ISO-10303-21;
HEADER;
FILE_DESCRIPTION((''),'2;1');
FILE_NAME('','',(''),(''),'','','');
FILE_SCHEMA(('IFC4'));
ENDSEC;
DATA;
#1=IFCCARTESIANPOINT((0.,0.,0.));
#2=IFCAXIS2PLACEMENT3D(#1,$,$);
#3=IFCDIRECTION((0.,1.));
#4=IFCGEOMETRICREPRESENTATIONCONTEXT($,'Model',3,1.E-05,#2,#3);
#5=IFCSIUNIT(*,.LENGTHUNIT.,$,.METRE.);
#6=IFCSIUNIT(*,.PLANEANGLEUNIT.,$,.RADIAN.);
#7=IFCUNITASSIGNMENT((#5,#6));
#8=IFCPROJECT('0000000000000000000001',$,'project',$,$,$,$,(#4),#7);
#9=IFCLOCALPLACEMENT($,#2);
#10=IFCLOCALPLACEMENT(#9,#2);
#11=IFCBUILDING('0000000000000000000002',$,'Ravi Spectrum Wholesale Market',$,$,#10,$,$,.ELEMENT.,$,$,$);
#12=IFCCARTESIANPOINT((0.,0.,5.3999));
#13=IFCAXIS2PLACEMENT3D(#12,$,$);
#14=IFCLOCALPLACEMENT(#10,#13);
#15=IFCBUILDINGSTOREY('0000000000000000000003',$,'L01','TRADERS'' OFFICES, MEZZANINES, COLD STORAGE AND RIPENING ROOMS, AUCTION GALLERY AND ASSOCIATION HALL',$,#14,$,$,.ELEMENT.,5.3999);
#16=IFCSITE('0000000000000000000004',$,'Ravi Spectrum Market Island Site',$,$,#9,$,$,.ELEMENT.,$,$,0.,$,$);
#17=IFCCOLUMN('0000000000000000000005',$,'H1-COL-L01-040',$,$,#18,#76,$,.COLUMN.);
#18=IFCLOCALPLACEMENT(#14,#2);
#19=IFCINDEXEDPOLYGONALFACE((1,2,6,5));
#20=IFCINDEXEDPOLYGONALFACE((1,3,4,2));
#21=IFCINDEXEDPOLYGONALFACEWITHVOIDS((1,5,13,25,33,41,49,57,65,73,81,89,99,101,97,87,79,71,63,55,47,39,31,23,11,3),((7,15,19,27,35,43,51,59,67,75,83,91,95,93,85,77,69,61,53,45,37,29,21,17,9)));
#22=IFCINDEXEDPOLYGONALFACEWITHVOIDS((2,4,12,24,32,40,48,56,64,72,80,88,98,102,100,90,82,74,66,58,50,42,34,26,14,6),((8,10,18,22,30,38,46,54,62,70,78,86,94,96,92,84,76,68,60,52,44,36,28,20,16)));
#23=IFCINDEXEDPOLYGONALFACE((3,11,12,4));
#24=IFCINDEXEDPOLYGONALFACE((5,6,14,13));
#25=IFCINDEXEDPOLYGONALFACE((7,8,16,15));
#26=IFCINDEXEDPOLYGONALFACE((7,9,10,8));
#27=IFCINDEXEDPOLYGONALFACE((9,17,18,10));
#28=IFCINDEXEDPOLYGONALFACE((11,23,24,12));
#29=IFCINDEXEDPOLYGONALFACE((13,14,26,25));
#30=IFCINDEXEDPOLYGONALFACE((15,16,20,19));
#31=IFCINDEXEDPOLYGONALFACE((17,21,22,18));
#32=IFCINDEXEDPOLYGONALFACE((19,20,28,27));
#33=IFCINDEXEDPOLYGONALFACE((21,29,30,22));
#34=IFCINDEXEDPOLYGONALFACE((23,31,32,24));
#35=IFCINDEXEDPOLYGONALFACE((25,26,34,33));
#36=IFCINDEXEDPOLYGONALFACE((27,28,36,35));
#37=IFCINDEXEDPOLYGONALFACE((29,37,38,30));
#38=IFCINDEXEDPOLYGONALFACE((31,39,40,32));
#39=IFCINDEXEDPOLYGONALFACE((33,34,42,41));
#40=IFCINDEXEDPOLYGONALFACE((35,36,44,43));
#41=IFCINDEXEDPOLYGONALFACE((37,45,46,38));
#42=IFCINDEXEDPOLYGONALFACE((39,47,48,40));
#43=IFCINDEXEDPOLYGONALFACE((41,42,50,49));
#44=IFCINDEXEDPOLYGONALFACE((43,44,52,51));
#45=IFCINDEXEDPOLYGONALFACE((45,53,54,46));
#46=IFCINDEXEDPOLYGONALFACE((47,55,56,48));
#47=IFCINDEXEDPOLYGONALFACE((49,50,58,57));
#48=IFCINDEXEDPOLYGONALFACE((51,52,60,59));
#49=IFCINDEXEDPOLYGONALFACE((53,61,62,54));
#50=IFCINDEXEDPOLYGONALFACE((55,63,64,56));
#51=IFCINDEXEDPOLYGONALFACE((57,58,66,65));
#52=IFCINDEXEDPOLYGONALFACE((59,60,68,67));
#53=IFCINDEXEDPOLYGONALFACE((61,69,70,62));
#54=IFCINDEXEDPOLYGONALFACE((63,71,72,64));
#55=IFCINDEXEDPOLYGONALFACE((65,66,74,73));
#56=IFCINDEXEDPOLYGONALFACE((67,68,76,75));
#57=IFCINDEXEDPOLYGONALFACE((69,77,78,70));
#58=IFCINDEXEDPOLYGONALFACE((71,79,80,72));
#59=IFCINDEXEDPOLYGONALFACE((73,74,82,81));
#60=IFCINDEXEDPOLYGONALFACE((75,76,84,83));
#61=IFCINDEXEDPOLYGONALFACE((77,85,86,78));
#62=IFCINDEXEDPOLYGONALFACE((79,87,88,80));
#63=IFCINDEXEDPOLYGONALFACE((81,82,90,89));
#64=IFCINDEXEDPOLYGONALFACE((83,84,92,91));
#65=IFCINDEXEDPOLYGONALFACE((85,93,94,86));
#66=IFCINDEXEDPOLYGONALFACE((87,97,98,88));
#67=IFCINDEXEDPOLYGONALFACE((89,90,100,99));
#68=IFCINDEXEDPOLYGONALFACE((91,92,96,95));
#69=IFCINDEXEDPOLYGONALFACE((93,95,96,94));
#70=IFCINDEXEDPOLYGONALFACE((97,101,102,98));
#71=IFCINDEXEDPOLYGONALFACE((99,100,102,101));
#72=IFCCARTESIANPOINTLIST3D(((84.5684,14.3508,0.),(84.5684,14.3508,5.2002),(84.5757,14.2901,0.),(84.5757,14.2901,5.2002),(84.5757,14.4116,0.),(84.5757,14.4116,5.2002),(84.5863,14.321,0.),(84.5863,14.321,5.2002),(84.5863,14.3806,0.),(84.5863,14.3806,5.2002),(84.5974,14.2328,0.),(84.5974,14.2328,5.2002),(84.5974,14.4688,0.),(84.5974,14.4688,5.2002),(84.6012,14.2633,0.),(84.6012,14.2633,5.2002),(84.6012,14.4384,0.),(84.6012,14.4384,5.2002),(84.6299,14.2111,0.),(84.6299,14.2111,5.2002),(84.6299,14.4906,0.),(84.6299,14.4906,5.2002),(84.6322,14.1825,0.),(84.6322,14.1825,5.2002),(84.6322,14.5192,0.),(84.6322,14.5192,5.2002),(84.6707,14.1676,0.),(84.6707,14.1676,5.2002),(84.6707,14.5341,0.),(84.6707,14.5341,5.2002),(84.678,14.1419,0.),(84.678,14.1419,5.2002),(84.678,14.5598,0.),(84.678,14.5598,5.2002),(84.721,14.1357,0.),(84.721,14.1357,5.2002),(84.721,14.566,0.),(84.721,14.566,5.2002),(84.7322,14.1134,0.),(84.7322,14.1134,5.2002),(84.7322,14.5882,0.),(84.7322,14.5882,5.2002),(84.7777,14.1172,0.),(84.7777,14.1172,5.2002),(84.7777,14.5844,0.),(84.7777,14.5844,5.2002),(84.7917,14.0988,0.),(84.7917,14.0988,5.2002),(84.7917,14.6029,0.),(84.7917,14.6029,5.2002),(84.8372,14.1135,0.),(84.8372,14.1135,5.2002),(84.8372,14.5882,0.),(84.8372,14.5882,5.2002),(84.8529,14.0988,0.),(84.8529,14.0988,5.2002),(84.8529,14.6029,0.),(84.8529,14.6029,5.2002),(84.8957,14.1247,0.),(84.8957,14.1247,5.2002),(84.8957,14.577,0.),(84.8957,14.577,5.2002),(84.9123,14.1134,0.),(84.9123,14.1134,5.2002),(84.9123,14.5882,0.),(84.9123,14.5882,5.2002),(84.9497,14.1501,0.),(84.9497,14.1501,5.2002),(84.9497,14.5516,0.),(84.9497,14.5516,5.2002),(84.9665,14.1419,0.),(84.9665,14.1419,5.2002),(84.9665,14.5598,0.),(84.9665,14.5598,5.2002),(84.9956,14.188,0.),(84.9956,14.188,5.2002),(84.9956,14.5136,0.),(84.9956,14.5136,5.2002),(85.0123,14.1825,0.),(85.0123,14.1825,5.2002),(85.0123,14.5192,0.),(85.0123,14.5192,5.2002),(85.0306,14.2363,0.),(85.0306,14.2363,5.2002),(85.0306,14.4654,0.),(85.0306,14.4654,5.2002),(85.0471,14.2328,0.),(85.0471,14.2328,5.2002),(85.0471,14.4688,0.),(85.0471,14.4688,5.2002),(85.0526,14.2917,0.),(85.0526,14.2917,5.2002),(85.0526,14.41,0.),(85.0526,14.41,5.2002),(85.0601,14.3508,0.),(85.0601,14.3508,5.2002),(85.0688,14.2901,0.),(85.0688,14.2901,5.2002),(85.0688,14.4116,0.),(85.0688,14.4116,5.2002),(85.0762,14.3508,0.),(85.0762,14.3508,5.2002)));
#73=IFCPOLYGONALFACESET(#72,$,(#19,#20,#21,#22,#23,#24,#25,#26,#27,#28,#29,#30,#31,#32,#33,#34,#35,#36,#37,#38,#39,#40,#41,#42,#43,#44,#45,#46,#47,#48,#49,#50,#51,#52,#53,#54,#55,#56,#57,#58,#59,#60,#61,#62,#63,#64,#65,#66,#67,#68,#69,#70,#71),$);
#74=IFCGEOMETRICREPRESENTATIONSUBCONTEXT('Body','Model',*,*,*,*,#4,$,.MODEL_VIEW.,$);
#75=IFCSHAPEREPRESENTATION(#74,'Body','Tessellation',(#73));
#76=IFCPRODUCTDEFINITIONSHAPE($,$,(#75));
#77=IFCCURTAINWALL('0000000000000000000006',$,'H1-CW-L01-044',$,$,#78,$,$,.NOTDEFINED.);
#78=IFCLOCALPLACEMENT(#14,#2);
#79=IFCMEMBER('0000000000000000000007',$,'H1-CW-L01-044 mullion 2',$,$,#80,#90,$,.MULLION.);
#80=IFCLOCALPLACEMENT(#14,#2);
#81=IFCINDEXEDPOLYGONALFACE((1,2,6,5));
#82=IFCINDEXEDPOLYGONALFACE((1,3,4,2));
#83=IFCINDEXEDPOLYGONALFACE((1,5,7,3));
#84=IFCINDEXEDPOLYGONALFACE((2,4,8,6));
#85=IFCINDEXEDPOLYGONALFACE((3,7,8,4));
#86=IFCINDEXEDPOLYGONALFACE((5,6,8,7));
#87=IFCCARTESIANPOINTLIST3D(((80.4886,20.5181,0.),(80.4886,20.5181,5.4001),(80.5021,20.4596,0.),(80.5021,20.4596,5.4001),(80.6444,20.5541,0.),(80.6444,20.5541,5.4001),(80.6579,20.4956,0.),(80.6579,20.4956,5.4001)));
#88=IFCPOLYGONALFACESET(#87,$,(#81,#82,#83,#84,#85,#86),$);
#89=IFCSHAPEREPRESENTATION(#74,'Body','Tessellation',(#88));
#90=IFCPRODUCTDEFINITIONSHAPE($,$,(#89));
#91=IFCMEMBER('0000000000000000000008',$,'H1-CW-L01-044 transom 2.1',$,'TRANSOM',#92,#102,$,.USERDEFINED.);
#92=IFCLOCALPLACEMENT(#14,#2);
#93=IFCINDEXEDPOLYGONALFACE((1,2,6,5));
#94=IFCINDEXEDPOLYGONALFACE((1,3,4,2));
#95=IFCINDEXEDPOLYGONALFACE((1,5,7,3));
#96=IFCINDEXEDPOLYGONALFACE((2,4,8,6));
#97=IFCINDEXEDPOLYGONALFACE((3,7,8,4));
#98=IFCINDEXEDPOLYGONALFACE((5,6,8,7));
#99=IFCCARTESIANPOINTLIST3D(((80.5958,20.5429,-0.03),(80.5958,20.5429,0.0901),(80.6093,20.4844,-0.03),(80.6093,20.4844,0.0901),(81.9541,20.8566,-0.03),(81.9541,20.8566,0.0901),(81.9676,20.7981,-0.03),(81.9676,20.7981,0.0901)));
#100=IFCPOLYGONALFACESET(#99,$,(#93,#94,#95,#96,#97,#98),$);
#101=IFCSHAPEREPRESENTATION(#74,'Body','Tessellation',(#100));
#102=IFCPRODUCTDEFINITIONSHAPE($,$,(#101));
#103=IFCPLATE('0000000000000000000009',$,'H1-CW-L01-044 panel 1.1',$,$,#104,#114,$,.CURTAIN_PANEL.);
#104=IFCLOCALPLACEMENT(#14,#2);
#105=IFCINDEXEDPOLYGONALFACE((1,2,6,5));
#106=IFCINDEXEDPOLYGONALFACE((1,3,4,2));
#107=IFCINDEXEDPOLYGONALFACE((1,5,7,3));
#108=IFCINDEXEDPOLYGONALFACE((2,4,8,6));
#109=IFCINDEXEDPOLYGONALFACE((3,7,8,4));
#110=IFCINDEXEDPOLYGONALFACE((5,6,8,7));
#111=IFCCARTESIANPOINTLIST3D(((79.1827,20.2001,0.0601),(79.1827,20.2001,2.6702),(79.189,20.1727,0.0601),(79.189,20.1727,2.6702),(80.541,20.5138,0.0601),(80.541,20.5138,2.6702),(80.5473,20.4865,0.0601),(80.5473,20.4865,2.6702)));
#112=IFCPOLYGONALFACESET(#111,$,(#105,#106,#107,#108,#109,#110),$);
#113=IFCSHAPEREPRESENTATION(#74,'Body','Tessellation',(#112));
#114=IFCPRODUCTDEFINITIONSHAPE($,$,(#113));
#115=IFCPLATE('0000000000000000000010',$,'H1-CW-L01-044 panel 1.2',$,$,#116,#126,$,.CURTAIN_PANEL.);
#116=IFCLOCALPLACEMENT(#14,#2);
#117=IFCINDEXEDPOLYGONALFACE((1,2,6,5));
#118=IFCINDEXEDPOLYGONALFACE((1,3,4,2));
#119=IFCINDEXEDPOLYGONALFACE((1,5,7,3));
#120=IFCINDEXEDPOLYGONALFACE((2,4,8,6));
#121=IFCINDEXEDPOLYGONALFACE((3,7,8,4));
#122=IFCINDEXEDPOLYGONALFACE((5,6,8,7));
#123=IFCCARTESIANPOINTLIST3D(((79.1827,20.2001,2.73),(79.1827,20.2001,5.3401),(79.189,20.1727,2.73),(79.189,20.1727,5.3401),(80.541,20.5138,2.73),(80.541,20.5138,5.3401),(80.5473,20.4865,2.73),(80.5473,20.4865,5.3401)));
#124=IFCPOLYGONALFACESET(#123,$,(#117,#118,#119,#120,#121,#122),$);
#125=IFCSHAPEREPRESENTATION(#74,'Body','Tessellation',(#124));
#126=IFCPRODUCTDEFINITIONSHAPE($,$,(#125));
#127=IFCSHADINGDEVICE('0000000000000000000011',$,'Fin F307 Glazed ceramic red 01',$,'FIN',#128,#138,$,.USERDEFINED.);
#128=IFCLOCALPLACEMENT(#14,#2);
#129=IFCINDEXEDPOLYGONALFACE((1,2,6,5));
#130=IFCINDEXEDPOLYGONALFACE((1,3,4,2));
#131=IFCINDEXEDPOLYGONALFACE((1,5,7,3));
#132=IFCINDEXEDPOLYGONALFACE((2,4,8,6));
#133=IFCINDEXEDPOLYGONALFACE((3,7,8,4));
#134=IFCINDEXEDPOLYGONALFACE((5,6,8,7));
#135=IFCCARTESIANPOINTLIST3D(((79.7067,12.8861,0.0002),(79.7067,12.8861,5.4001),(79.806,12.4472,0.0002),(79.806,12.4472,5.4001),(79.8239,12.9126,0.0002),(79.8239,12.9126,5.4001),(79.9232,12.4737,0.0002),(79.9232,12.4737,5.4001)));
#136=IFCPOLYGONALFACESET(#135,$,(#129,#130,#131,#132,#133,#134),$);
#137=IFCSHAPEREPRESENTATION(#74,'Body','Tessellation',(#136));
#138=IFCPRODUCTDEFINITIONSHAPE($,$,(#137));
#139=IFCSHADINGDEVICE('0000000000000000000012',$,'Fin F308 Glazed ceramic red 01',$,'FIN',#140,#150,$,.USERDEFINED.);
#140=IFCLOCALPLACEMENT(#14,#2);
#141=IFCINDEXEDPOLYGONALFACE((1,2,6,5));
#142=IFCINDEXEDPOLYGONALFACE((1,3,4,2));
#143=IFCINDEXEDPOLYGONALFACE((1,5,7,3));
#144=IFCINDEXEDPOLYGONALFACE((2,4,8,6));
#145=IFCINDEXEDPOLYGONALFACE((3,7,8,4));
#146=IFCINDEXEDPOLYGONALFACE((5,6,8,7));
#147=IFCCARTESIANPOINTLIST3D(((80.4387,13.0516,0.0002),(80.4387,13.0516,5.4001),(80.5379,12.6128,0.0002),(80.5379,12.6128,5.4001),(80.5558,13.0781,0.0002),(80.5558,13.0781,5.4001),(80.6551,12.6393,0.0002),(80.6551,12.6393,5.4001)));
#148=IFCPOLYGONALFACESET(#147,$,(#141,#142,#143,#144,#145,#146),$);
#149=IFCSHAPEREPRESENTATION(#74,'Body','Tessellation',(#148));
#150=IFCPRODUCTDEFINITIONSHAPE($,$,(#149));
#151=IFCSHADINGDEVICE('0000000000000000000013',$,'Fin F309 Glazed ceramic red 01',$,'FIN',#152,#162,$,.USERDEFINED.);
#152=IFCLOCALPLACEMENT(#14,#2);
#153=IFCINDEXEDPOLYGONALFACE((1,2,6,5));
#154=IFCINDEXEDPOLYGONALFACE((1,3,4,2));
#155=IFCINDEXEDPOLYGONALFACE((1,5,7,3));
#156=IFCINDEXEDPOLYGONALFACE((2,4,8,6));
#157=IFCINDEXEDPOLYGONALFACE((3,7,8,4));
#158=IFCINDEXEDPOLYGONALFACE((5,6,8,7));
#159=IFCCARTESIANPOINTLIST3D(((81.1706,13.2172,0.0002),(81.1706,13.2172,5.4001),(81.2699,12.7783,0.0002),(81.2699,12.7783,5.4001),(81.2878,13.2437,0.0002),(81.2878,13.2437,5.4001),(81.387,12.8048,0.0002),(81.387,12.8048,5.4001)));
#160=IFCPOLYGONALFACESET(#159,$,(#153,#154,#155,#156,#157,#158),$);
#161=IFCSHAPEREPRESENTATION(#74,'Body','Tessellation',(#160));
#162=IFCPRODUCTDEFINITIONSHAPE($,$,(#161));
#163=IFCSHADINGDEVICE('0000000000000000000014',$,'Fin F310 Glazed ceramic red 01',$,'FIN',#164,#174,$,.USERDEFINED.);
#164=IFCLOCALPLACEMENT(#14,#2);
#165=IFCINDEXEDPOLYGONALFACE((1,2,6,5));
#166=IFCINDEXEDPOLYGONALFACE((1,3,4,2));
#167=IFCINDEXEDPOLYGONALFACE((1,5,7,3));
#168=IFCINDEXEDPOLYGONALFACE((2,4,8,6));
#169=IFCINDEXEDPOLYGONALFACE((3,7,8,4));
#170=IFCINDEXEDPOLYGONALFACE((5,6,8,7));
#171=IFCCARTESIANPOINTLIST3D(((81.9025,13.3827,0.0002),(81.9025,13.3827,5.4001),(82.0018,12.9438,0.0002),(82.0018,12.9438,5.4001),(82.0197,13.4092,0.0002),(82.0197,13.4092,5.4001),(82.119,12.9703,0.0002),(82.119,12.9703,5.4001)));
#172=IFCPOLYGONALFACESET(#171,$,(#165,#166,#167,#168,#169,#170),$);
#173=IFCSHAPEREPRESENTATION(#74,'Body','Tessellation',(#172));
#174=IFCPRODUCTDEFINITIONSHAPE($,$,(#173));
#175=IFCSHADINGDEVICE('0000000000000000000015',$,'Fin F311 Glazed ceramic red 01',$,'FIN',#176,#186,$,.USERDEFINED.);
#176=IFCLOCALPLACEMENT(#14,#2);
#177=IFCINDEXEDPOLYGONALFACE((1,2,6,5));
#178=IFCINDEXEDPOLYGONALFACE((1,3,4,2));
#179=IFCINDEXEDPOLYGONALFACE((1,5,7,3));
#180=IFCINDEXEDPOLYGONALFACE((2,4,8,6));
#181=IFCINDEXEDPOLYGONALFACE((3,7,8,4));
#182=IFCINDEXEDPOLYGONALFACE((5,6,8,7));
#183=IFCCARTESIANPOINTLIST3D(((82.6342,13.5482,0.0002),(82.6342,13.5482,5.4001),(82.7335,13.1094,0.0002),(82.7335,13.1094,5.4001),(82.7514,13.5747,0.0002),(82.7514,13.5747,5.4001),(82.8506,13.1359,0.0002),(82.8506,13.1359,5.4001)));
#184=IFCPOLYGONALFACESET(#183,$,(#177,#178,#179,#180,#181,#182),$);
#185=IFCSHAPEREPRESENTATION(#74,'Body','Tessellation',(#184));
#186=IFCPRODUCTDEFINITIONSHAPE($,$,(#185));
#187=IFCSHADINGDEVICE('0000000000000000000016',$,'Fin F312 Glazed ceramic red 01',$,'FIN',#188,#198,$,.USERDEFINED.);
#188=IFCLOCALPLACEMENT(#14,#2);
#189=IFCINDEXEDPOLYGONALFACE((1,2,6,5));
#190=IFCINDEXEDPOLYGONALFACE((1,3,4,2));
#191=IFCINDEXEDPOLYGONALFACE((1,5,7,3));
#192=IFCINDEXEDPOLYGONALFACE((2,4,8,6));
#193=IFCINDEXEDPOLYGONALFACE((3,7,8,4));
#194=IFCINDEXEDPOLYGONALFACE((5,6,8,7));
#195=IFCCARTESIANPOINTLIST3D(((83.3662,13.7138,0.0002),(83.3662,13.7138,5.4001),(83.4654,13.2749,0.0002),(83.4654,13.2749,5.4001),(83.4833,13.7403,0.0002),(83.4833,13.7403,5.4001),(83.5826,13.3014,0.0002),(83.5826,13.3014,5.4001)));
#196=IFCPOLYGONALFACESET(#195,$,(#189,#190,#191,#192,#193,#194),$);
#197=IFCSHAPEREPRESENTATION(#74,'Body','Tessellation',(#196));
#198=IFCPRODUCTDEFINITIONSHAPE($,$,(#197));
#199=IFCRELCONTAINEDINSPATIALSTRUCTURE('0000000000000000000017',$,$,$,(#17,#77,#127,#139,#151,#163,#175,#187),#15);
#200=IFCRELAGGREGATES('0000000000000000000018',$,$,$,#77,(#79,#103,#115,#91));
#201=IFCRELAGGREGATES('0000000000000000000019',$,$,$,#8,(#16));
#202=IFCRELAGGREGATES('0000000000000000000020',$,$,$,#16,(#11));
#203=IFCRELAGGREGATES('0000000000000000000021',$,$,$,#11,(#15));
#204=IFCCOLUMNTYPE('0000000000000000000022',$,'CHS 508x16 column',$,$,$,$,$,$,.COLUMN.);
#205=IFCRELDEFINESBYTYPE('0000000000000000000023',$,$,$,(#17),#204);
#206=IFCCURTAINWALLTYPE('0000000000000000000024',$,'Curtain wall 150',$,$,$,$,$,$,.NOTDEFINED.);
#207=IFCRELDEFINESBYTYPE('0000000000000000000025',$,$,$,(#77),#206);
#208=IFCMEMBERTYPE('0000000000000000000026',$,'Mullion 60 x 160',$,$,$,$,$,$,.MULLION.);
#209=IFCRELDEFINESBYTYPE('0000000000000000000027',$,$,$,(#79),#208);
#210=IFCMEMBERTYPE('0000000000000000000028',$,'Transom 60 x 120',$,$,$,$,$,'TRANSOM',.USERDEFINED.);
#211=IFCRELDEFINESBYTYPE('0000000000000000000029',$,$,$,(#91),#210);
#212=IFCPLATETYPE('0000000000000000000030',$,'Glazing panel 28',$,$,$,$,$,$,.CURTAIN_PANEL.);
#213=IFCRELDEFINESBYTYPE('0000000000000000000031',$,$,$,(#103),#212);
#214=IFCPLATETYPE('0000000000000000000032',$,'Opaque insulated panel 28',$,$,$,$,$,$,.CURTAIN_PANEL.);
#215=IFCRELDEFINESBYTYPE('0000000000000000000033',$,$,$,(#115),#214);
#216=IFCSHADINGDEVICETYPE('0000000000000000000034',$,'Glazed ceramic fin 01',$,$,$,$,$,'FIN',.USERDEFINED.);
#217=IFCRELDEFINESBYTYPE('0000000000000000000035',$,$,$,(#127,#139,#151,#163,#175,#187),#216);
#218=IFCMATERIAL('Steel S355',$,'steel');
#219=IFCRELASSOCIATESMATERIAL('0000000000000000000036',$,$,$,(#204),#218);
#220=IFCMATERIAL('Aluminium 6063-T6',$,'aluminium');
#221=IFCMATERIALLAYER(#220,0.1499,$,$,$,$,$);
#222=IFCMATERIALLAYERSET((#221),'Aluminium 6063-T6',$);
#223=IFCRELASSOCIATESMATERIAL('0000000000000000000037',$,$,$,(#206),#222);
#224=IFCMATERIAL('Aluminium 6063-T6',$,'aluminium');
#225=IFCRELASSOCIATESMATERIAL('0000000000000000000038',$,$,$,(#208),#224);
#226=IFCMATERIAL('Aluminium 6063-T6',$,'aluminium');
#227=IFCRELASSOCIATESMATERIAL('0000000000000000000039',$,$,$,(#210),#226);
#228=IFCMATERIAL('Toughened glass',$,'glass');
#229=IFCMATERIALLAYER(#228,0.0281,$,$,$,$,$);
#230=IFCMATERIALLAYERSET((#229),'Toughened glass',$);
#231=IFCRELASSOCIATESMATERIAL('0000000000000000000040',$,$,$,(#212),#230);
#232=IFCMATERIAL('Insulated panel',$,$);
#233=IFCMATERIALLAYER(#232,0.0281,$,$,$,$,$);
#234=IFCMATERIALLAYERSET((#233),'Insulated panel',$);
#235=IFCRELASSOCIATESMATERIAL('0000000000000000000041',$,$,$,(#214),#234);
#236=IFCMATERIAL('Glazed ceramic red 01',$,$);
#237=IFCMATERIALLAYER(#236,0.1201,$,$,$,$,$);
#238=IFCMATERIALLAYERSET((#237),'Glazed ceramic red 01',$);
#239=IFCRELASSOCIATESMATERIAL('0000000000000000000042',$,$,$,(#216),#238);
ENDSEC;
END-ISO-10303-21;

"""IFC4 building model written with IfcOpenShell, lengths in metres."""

from ifc_helpers import new_model, si_unit, direction, frame, origin, origin_2d, place, context, subcontext, project, spatial, rectangle, hollow_circle, extrude, material, layer, layer_set, material_profile, profile_set, type_object, element, aggregate, save


model = new_model("IFC4")

# Units and contexts
model_context = context("Model", 3, precision=1e-05, world=origin(), true_north=direction((0.0, 1.0)))
body_context = subcontext(model_context, "Body", "Model", "MODEL_VIEW")
ifc_project = project(units=[si_unit("LENGTHUNIT", "METRE"), si_unit("PLANEANGLEUNIT", "RADIAN")], contexts=[model_context])

# Site, building, storey
site_placement = place(None, origin())
site = spatial("IfcSite", under=ifc_project, at=site_placement, Name="Ravi Spectrum Market Island Site", CompositionType="ELEMENT", RefElevation=0.0)
building_placement = place(site_placement, origin())
building = spatial("IfcBuilding", under=site, at=building_placement, Name="Ravi Spectrum Wholesale Market", CompositionType="ELEMENT")
storey_placement = place(building_placement, frame((0.0, 0.0, 5.3999)))
storey = spatial("IfcBuildingStorey", under=building, at=storey_placement, Name="L01", Description="TRADERS' OFFICES, MEZZANINES, COLD STORAGE AND RIPENING ROOMS, AUCTION GALLERY AND ASSOCIATION HALL", CompositionType="ELEMENT", Elevation=5.3999)

# Column
ifc_material_1 = material(Name="Steel S355", Category="steel")
ifc_material_profile_1 = material_profile(ifc_material_1, hollow_circle(Radius=0.2539, WallThickness=0.0161, at=origin_2d()))
ifc_profile_set_1 = profile_set([ifc_material_profile_1], Name="Steel S355")
column_type = type_object("IfcColumnType", Name="CHS 508x16 column", PredefinedType="COLUMN", material=ifc_profile_set_1)
column_placement = place(storey_placement, frame((84.8223, 14.3508, 0.0), z_axis=(0.0, 0.0, 1.0), x_axis=(1.0, 0.0, 0.0)))
element("IfcColumn", 1, at=column_placement, inside=storey, type_object=column_type, Name="H1-COL-L01-040", PredefinedType="COLUMN", context=body_context, shape_type="SweptSolid", body=[
    extrude(hollow_circle(Radius=0.2539, WallThickness=0.0161, at=origin_2d()), origin(), (0.0, 0.0, 1.0), 5.2002),
])

# Curtain wall, members, plates
ifc_material_2 = material(Name="Aluminium 6063-T6", Category="aluminium")
ifc_layer_1 = layer(ifc_material_2, 0.1499)
ifc_layer_set_1 = layer_set([ifc_layer_1], Name="Aluminium 6063-T6")
curtain_wall_type = type_object("IfcCurtainWallType", Name="Curtain wall 150", PredefinedType="NOTDEFINED", material=ifc_layer_set_1)
curtain_wall_placement = place(storey_placement, origin())
curtain_wall = element("IfcCurtainWall", 2, at=curtain_wall_placement, inside=storey, type_object=curtain_wall_type, Name="H1-CW-L01-044", PredefinedType="NOTDEFINED")
ifc_material_3 = material(Name="Aluminium 6063-T6", Category="aluminium")
ifc_material_profile_2 = material_profile(ifc_material_3, rectangle(XDim=0.0601, YDim=0.1599, at=origin_2d()))
ifc_profile_set_2 = profile_set([ifc_material_profile_2], Name="Aluminium 6063-T6")
member_type_1 = type_object("IfcMemberType", Name="Mullion 60 x 160", PredefinedType="MULLION", material=ifc_profile_set_2)
member_1_placement = place(storey_placement, frame((80.5732, 20.5068, 0.0), z_axis=(0.0, 0.0, 1.0), x_axis=(-0.225083, 0.97434, 0.0)))
member_1 = element("IfcMember", 3, at=member_1_placement, type_object=member_type_1, Name="H1-CW-L01-044 mullion 2", PredefinedType="MULLION", context=body_context, shape_type="SweptSolid", body=[
    extrude(rectangle(XDim=0.0601, YDim=0.1599, at=origin_2d()), origin(), (0.0, 0.0, 1.0), 5.4001),
])
ifc_material_4 = material(Name="Aluminium 6063-T6", Category="aluminium")
ifc_material_profile_3 = material_profile(ifc_material_4, rectangle(XDim=0.0601, YDim=0.1201, at=origin_2d()))
ifc_profile_set_3 = profile_set([ifc_material_profile_3], Name="Aluminium 6063-T6")
member_type_2 = type_object("IfcMemberType", Name="Transom 60 x 120", ElementType="TRANSOM", PredefinedType="USERDEFINED", material=ifc_profile_set_3)
member_2_placement = place(storey_placement, frame((80.6025, 20.5137, 0.03), z_axis=(0.974353, 0.225026, 0.0), x_axis=(-0.225026, 0.974353, 0.0)))
member_2 = element("IfcMember", 4, at=member_2_placement, type_object=member_type_2, Name="H1-CW-L01-044 transom 2.1", ObjectType="TRANSOM", PredefinedType="USERDEFINED", context=body_context, shape_type="SweptSolid", body=[
    extrude(rectangle(XDim=0.0601, YDim=0.1201, at=origin_2d()), origin(), (0.0, 0.0, 1.0), 1.394),
])
ifc_material_5 = material(Name="Toughened glass", Category="glass")
ifc_layer_2 = layer(ifc_material_5, 0.0281)
ifc_layer_set_2 = layer_set([ifc_layer_2], Name="Toughened glass")
plate_type_1 = type_object("IfcPlateType", Name="Glazing panel 28", PredefinedType="CURTAIN_PANEL", material=ifc_layer_set_2)
plate_1_placement = place(storey_placement, frame((79.865, 20.3433, 0.0601), z_axis=(0.0, 0.0, 1.0), x_axis=(0.97434, 0.225083, 0.0)))
plate_1 = element("IfcPlate", 5, at=plate_1_placement, type_object=plate_type_1, Name="H1-CW-L01-044 panel 1.1", PredefinedType="CURTAIN_PANEL", context=body_context, shape_type="SweptSolid", body=[
    extrude(rectangle(XDim=1.394, YDim=0.0281, at=origin_2d()), origin(), (0.0, 0.0, 1.0), 2.6101),
])
ifc_material_6 = material(Name="Insulated panel")
ifc_layer_3 = layer(ifc_material_6, 0.0281)
ifc_layer_set_3 = layer_set([ifc_layer_3], Name="Insulated panel")
plate_type_2 = type_object("IfcPlateType", Name="Opaque insulated panel 28", PredefinedType="CURTAIN_PANEL", material=ifc_layer_set_3)
plate_2_placement = place(storey_placement, frame((79.865, 20.3433, 2.73), z_axis=(0.0, 0.0, 1.0), x_axis=(0.97434, 0.225083, 0.0)))
plate_2 = element("IfcPlate", 6, at=plate_2_placement, type_object=plate_type_2, Name="H1-CW-L01-044 panel 1.2", PredefinedType="CURTAIN_PANEL", context=body_context, shape_type="SweptSolid", body=[
    extrude(rectangle(XDim=1.394, YDim=0.0281, at=origin_2d()), origin(), (0.0, 0.0, 1.0), 2.6101),
])
aggregate(curtain_wall, [member_1, plate_1, plate_2, member_2])

# Shading devices
ifc_material_7 = material(Name="Glazed ceramic red 01")
ifc_layer_4 = layer(ifc_material_7, 0.1201)
ifc_layer_set_4 = layer_set([ifc_layer_4], Name="Glazed ceramic red 01")
shading_device_type = type_object("IfcShadingDeviceType", Name="Glazed ceramic fin 01", ElementType="FIN", PredefinedType="USERDEFINED", material=ifc_layer_set_4)
for number, where, z_axis, x_axis, name in (
    (7, (79.8149, 12.6799, 0.0002), (0.0, 0.0, 1.0), (0.975361, 0.220616, 0.0), "Fin F307 Glazed ceramic red 01"),
    (8, (80.5469, 12.8455, 0.0002), (0.0, 0.0, 1.0), (0.975361, 0.220616, 0.0), "Fin F308 Glazed ceramic red 01"),
    (9, (81.2788, 13.011, 0.0002), (0.0, 0.0, 1.0), (0.975361, 0.220616, 0.0), "Fin F309 Glazed ceramic red 01"),
    (10, (82.0107, 13.1765, 0.0002), (0.0, 0.0, 1.0), (0.975361, 0.220616, 0.0), "Fin F310 Glazed ceramic red 01"),
    (11, (82.7424, 13.342, 0.0002), (0.0, 0.0, 1.0), (0.975361, 0.220616, 0.0), "Fin F311 Glazed ceramic red 01"),
    (12, (83.4744, 13.5076, 0.0002), (0.0, 0.0, 1.0), (0.975361, 0.220616, 0.0), "Fin F312 Glazed ceramic red 01"),
):
    element("IfcShadingDevice", number, at=place(storey_placement, frame(where, z_axis=z_axis, x_axis=x_axis)), inside=storey, type_object=shading_device_type, Name=name, ObjectType="FIN", PredefinedType="USERDEFINED", context=body_context, shape_type="SweptSolid", body=[
        extrude(rectangle(XDim=0.1201, YDim=0.45, at=origin_2d()), origin(), (0.0, 0.0, 1.0), 5.3999),
    ])

save(model, "model.ifc")
